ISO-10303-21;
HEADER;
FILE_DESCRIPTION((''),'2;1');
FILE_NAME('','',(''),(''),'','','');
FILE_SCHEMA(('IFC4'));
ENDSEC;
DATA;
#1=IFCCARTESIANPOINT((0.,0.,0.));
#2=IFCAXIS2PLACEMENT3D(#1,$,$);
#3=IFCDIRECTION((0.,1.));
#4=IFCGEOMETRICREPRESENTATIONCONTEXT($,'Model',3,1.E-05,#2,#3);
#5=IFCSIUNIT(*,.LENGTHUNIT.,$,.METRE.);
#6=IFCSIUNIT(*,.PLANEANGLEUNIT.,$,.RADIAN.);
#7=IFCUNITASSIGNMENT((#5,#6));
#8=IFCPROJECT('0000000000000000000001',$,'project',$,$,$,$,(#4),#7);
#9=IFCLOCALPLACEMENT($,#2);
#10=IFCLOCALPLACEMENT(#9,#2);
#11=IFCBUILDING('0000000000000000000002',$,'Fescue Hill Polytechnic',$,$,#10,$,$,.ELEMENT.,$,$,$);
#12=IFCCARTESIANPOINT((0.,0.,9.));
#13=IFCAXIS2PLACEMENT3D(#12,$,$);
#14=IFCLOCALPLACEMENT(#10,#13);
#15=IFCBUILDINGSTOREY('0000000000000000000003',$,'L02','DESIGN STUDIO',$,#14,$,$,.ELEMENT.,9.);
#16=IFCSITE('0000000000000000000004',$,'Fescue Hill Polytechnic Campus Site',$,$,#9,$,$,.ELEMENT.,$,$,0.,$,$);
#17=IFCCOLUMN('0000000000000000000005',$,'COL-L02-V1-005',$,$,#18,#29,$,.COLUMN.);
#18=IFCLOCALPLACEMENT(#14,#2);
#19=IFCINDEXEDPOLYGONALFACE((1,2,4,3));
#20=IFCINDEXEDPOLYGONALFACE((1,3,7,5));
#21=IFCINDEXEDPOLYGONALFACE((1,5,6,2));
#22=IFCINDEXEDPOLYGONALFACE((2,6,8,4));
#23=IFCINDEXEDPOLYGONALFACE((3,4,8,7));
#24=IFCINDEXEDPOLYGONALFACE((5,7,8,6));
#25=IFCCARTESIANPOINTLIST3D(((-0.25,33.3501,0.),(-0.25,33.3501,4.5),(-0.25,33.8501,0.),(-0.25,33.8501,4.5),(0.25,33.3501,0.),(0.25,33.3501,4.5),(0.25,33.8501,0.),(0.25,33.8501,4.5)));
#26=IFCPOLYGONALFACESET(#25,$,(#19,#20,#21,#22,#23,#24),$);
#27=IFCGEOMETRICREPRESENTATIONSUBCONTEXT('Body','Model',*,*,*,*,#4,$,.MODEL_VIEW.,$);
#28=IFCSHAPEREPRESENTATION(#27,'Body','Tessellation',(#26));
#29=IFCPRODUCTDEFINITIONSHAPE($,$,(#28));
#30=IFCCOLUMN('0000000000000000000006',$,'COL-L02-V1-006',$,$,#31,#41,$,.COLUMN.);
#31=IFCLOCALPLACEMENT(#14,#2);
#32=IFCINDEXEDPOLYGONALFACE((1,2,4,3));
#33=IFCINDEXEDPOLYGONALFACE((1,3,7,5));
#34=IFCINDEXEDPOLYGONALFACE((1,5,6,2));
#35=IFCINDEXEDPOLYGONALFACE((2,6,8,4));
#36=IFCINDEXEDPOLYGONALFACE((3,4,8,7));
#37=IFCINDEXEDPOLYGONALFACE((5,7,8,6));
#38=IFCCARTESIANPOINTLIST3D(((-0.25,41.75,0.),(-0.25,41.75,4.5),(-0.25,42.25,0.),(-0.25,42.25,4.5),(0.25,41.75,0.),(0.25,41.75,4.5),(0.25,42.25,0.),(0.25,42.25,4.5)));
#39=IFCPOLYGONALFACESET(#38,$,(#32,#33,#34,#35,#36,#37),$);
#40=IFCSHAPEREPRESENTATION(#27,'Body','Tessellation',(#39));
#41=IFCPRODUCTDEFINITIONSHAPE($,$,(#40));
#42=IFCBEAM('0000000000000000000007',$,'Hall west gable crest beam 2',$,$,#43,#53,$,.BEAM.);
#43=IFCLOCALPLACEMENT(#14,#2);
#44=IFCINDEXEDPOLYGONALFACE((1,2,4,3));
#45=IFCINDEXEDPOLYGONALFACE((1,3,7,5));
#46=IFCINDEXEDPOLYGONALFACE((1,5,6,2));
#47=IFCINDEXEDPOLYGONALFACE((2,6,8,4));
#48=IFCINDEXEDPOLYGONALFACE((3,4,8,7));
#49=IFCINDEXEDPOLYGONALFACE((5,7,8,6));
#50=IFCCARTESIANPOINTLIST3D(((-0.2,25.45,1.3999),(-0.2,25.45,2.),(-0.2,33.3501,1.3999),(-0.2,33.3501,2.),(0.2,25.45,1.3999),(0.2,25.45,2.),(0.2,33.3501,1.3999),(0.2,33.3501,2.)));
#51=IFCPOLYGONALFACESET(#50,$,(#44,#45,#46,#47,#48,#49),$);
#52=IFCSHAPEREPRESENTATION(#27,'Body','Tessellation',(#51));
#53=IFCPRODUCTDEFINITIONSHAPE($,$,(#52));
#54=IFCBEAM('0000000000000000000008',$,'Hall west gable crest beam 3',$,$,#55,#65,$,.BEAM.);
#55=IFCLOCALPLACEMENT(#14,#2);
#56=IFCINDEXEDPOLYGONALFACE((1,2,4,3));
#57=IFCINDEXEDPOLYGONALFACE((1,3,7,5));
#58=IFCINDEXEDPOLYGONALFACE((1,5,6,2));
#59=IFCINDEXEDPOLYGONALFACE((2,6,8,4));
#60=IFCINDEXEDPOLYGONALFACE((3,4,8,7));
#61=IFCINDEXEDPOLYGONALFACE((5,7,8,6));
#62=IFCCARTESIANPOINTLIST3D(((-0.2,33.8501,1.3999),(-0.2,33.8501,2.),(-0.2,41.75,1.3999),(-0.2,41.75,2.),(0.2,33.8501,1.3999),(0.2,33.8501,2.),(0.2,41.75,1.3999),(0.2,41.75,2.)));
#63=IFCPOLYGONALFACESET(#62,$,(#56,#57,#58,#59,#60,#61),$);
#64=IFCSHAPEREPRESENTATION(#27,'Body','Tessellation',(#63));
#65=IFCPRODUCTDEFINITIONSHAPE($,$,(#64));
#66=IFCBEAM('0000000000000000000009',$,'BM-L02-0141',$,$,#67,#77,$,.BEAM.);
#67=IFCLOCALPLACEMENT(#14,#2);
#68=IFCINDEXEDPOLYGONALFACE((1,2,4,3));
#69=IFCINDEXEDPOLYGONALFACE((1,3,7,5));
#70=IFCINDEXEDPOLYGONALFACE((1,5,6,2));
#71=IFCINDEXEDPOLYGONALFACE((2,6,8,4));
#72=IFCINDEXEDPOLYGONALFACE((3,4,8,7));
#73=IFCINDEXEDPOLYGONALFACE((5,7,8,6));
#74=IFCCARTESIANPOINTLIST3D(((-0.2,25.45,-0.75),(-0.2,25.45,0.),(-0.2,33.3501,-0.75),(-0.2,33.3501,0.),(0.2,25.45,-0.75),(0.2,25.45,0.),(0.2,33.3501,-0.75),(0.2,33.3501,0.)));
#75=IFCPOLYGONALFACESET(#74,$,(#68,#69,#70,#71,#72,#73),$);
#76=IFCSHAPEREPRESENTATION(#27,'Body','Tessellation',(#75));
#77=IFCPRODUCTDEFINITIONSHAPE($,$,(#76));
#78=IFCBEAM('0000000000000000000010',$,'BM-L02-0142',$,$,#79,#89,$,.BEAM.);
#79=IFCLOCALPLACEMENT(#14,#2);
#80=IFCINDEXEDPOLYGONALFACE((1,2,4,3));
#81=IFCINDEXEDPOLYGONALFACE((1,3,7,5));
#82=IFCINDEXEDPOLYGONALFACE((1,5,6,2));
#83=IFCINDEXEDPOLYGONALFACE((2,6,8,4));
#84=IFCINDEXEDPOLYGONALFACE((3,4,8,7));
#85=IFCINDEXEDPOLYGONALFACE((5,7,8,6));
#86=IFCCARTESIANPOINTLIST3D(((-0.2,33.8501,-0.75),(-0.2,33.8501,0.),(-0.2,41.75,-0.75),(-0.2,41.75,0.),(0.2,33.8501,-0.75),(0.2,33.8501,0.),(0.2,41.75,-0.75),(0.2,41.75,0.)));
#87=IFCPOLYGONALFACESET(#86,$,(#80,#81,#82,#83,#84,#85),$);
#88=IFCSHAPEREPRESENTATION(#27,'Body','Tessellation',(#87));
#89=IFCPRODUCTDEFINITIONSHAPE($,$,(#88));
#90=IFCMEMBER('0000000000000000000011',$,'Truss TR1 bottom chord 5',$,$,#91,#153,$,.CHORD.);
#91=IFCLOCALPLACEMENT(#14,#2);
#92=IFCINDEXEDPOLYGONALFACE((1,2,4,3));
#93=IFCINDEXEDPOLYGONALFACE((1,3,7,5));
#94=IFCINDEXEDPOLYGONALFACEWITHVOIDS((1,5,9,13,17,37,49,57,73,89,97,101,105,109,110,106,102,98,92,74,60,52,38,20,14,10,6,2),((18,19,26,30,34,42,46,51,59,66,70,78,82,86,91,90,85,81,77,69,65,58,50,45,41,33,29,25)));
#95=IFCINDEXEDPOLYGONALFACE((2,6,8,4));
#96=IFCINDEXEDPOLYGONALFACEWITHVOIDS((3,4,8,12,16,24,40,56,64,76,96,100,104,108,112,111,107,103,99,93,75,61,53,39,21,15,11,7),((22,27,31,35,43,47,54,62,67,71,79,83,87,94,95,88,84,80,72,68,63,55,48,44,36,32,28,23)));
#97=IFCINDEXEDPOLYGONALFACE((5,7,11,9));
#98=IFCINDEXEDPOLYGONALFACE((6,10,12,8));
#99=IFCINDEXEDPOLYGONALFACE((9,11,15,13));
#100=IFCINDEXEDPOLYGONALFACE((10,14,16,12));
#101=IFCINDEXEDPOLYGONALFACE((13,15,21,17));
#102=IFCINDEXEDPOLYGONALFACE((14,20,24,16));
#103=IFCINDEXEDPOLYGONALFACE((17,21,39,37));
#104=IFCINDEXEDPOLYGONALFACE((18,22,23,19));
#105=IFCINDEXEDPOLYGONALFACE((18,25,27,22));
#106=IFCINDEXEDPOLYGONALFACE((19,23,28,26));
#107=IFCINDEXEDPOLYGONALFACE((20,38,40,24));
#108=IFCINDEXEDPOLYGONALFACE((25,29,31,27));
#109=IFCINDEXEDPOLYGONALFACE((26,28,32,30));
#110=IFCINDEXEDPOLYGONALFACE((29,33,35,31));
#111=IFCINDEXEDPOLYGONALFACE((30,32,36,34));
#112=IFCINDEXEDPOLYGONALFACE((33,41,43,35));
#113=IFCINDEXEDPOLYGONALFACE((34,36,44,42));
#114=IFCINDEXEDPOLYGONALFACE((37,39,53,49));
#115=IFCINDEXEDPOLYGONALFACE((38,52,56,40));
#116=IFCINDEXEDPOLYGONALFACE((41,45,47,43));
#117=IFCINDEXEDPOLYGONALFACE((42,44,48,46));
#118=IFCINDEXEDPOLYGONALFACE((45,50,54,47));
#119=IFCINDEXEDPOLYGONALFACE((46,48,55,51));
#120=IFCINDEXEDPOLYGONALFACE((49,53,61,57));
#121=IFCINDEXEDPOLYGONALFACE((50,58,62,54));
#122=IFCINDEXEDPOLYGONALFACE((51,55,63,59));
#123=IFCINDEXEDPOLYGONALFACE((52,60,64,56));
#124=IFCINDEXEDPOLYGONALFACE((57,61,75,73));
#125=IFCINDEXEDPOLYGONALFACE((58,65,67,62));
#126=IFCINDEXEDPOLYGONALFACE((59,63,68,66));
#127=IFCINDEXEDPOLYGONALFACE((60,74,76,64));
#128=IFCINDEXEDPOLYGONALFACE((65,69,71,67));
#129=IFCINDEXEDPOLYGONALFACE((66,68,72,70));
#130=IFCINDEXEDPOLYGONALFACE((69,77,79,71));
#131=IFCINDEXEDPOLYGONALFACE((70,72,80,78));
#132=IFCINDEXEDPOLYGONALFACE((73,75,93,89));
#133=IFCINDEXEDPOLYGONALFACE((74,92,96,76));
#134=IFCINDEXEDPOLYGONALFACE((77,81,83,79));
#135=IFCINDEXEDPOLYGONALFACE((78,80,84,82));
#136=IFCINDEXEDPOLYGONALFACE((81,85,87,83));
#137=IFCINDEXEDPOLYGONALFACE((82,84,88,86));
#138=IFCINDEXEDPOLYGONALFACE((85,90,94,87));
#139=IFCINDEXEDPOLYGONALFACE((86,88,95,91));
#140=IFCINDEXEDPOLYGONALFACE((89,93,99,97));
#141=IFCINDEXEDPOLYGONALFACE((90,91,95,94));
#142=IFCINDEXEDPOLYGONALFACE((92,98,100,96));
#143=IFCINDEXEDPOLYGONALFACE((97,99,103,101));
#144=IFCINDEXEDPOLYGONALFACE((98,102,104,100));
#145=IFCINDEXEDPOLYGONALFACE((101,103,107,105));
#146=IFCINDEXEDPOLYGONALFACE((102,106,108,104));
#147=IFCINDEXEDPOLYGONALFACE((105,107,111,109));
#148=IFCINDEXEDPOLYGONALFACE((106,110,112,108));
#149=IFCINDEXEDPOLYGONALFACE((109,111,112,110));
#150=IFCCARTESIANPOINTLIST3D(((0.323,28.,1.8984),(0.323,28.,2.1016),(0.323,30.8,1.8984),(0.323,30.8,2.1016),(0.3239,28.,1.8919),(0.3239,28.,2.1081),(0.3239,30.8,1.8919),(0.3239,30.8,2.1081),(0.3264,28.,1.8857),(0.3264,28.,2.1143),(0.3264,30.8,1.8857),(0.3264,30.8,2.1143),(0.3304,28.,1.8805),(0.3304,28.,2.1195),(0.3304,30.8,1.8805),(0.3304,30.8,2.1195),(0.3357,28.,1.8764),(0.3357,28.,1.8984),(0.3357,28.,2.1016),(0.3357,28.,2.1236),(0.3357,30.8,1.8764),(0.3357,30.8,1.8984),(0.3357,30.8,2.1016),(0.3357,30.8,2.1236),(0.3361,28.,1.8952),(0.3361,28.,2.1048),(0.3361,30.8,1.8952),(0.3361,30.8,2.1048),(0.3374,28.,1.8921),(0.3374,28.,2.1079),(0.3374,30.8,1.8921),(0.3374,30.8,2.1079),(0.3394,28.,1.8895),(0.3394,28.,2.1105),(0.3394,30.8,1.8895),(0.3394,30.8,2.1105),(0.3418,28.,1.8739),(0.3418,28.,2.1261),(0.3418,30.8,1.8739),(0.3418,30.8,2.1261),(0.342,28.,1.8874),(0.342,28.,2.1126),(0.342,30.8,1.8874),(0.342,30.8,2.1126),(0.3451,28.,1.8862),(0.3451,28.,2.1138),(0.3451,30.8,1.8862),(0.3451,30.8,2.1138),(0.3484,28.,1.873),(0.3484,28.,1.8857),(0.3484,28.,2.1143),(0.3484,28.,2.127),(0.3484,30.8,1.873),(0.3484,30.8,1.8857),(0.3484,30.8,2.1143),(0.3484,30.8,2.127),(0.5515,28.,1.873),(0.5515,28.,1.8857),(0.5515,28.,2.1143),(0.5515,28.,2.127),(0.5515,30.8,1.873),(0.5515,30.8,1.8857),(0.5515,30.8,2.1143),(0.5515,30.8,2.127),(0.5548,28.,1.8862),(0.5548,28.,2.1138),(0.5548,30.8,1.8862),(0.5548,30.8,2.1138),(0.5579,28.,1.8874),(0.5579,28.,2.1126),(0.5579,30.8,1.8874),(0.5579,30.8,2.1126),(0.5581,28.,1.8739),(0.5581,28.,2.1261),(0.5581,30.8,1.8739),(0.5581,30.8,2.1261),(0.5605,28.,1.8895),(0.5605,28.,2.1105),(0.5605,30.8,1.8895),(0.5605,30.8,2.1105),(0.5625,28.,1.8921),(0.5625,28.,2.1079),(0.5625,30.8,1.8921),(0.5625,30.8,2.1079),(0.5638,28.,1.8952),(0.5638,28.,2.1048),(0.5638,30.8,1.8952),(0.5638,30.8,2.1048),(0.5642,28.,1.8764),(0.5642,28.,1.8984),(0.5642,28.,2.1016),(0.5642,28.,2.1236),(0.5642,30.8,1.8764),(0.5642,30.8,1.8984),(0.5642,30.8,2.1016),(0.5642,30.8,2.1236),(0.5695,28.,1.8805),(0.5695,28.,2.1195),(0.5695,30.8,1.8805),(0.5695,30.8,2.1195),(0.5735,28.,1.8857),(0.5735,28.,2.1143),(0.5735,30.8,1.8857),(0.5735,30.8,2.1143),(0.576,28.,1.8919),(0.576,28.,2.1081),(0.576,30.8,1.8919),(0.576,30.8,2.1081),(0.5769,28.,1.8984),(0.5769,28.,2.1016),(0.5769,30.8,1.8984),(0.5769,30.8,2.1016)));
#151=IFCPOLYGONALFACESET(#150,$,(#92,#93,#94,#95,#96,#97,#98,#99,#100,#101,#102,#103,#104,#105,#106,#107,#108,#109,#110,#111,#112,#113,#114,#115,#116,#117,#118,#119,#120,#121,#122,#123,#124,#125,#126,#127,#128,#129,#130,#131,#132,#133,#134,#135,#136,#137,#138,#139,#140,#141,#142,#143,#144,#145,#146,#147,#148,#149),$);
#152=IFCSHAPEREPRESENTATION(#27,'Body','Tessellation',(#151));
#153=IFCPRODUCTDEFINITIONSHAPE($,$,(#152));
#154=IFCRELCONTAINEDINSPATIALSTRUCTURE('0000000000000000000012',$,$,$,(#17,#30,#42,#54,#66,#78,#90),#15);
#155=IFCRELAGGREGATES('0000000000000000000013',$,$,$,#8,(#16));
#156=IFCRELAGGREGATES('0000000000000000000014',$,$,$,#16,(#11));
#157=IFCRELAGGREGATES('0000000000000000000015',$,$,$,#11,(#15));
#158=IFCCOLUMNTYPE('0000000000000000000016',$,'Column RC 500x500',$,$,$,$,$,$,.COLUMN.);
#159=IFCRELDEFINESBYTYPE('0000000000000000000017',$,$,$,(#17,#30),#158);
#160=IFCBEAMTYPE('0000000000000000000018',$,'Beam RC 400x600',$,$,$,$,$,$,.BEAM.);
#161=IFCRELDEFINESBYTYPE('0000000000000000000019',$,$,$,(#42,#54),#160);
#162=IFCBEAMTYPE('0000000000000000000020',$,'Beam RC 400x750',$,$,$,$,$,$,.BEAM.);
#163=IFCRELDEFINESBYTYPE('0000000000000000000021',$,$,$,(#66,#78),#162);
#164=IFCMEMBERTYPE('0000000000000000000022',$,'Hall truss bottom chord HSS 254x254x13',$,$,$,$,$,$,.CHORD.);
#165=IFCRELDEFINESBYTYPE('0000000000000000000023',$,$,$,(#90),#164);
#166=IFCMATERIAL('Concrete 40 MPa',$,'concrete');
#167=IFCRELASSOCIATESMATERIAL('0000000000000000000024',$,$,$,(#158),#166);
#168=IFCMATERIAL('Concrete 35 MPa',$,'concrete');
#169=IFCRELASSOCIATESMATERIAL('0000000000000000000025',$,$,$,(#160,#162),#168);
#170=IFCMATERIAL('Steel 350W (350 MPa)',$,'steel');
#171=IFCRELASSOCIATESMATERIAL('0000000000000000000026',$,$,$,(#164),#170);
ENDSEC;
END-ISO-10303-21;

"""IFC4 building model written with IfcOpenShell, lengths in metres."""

from ifc_helpers import new_model, si_unit, direction, frame, origin, origin_2d, place, context, subcontext, project, spatial, rectangle, hollow_rectangle, extrude, material, material_profile, profile_set, type_object, element, save


model = new_model("IFC4")

# Units and contexts
model_context = context("Model", 3, precision=1e-05, world=origin(), true_north=direction((0.0, 1.0)))
body_context = subcontext(model_context, "Body", "Model", "MODEL_VIEW")
ifc_project = project(units=[si_unit("LENGTHUNIT", "METRE"), si_unit("PLANEANGLEUNIT", "RADIAN")], contexts=[model_context])

# Site, building, storey
site_placement = place(None, origin())
site = spatial("IfcSite", under=ifc_project, at=site_placement, Name="Fescue Hill Polytechnic Campus Site", CompositionType="ELEMENT", RefElevation=0.0)
building_placement = place(site_placement, origin())
building = spatial("IfcBuilding", under=site, at=building_placement, Name="Fescue Hill Polytechnic", CompositionType="ELEMENT")
storey_placement = place(building_placement, frame((0.0, 0.0, 9.0)))
storey = spatial("IfcBuildingStorey", under=building, at=storey_placement, Name="L02", Description="DESIGN STUDIO", CompositionType="ELEMENT", Elevation=9.0)

# Columns
ifc_material_1 = material(Name="Concrete 40 MPa", Category="concrete")
ifc_material_profile_1 = material_profile(ifc_material_1, rectangle(XDim=0.5, YDim=0.5, at=origin_2d()), Name="RC 500x500")
ifc_profile_set_1 = profile_set([ifc_material_profile_1], Name="Concrete 40 MPa")
column_type = type_object("IfcColumnType", Name="Column RC 500x500", PredefinedType="COLUMN", material=ifc_profile_set_1)
for number, where, z_axis, x_axis, name in (
    (1, (0.0, 33.6001, 0.0), (0.0, 0.0, 1.0), (1.0, 0.0, 0.0), "COL-L02-V1-005"),
    (2, (0.0, 42.0, 0.0), (0.0, 0.0, 1.0), (1.0, 0.0, 0.0), "COL-L02-V1-006"),
):
    element("IfcColumn", number, at=place(storey_placement, frame(where, z_axis=z_axis, x_axis=x_axis)), inside=storey, type_object=column_type, Name=name, PredefinedType="COLUMN", context=body_context, shape_type="SweptSolid", body=[
        extrude(rectangle(XDim=0.5, YDim=0.5, at=origin_2d()), origin(), (0.0, 0.0, 1.0), 4.5),
    ])

# Beams
ifc_material_2 = material(Name="Concrete 35 MPa", Category="concrete")
ifc_material_profile_2 = material_profile(ifc_material_2, rectangle(XDim=0.3999, YDim=0.6001, at=origin_2d()), Name="RC 400x600")
ifc_profile_set_2 = profile_set([ifc_material_profile_2], Name="Concrete 35 MPa")
beam_type_1 = type_object("IfcBeamType", Name="Beam RC 400x600", PredefinedType="BEAM", material=ifc_profile_set_2)
beam_1_placement = place(storey_placement, frame((0.0, 25.45, 1.7), z_axis=(0.0, 1.0, 0.0), x_axis=(-1.0, 0.0, 0.0)))
element("IfcBeam", 3, at=beam_1_placement, inside=storey, type_object=beam_type_1, Name="Hall west gable crest beam 2", PredefinedType="BEAM", context=body_context, shape_type="SweptSolid", body=[
    extrude(rectangle(XDim=0.3999, YDim=0.6001, at=origin_2d()), origin(), (0.0, 0.0, 1.0), 7.9001),
])
beam_2_placement = place(storey_placement, frame((0.0, 33.8501, 1.7), z_axis=(0.0, 1.0, 0.0), x_axis=(-1.0, 0.0, 0.0)))
element("IfcBeam", 4, at=beam_2_placement, inside=storey, type_object=beam_type_1, Name="Hall west gable crest beam 3", PredefinedType="BEAM", context=body_context, shape_type="SweptSolid", body=[
    extrude(rectangle(XDim=0.3999, YDim=0.6001, at=origin_2d()), origin(), (0.0, 0.0, 1.0), 7.8999),
])
ifc_material_profile_3 = material_profile(ifc_material_2, rectangle(XDim=0.3999, YDim=0.75, at=origin_2d()), Name="RC 400x750")
ifc_profile_set_3 = profile_set([ifc_material_profile_3], Name="Concrete 35 MPa")
beam_type_2 = type_object("IfcBeamType", Name="Beam RC 400x750", PredefinedType="BEAM", material=ifc_profile_set_3)
beam_3_placement = place(storey_placement, frame((0.0, 33.3501, -0.375), z_axis=(0.0, -1.0, 0.0), x_axis=(1.0, 0.0, 0.0)))
element("IfcBeam", 5, at=beam_3_placement, inside=storey, type_object=beam_type_2, Name="BM-L02-0141", PredefinedType="BEAM", context=body_context, shape_type="SweptSolid", body=[
    extrude(rectangle(XDim=0.3999, YDim=0.75, at=origin_2d()), origin(), (0.0, 0.0, 1.0), 7.9001),
])
beam_4_placement = place(storey_placement, frame((0.0, 41.75, -0.375), z_axis=(0.0, -1.0, 0.0), x_axis=(1.0, 0.0, 0.0)))
element("IfcBeam", 6, at=beam_4_placement, inside=storey, type_object=beam_type_2, Name="BM-L02-0142", PredefinedType="BEAM", context=body_context, shape_type="SweptSolid", body=[
    extrude(rectangle(XDim=0.3999, YDim=0.75, at=origin_2d()), origin(), (0.0, 0.0, 1.0), 7.8999),
])

# Member
ifc_material_3 = material(Name="Steel 350W (350 MPa)", Category="steel")
ifc_material_profile_4 = material_profile(ifc_material_3, hollow_rectangle(XDim=0.2539, YDim=0.2539, WallThickness=0.0127, InnerFilletRadius=0.0127, OuterFilletRadius=0.0254, at=origin_2d()), Name="Hall truss bottom chord HSS 254x254x13")
ifc_profile_set_4 = profile_set([ifc_material_profile_4], Name="Steel 350W (350 MPa)")
member_type_1 = type_object("IfcMemberType", Name="Hall truss bottom chord HSS 254x254x13", PredefinedType="CHORD", material=ifc_profile_set_4)
for number, where, z_axis, x_axis, name in (
    (7, (0.45, 28.0, 2.0), (0.0, 1.0, 0.0), (-1.0, 0.0, 0.0), "Truss TR1 bottom chord 5"),
):
    element("IfcMember", number, at=place(storey_placement, frame(where, z_axis=z_axis, x_axis=x_axis)), inside=storey, type_object=member_type_1, Name=name, PredefinedType="CHORD", context=body_context, shape_type="SweptSolid", body=[
        extrude(hollow_rectangle(XDim=0.2539, YDim=0.2539, WallThickness=0.0127, InnerFilletRadius=0.0127, OuterFilletRadius=0.0254, at=origin_2d()), origin(), (0.0, 0.0, 1.0), 2.8),
    ])

save(model, "model.ifc")
